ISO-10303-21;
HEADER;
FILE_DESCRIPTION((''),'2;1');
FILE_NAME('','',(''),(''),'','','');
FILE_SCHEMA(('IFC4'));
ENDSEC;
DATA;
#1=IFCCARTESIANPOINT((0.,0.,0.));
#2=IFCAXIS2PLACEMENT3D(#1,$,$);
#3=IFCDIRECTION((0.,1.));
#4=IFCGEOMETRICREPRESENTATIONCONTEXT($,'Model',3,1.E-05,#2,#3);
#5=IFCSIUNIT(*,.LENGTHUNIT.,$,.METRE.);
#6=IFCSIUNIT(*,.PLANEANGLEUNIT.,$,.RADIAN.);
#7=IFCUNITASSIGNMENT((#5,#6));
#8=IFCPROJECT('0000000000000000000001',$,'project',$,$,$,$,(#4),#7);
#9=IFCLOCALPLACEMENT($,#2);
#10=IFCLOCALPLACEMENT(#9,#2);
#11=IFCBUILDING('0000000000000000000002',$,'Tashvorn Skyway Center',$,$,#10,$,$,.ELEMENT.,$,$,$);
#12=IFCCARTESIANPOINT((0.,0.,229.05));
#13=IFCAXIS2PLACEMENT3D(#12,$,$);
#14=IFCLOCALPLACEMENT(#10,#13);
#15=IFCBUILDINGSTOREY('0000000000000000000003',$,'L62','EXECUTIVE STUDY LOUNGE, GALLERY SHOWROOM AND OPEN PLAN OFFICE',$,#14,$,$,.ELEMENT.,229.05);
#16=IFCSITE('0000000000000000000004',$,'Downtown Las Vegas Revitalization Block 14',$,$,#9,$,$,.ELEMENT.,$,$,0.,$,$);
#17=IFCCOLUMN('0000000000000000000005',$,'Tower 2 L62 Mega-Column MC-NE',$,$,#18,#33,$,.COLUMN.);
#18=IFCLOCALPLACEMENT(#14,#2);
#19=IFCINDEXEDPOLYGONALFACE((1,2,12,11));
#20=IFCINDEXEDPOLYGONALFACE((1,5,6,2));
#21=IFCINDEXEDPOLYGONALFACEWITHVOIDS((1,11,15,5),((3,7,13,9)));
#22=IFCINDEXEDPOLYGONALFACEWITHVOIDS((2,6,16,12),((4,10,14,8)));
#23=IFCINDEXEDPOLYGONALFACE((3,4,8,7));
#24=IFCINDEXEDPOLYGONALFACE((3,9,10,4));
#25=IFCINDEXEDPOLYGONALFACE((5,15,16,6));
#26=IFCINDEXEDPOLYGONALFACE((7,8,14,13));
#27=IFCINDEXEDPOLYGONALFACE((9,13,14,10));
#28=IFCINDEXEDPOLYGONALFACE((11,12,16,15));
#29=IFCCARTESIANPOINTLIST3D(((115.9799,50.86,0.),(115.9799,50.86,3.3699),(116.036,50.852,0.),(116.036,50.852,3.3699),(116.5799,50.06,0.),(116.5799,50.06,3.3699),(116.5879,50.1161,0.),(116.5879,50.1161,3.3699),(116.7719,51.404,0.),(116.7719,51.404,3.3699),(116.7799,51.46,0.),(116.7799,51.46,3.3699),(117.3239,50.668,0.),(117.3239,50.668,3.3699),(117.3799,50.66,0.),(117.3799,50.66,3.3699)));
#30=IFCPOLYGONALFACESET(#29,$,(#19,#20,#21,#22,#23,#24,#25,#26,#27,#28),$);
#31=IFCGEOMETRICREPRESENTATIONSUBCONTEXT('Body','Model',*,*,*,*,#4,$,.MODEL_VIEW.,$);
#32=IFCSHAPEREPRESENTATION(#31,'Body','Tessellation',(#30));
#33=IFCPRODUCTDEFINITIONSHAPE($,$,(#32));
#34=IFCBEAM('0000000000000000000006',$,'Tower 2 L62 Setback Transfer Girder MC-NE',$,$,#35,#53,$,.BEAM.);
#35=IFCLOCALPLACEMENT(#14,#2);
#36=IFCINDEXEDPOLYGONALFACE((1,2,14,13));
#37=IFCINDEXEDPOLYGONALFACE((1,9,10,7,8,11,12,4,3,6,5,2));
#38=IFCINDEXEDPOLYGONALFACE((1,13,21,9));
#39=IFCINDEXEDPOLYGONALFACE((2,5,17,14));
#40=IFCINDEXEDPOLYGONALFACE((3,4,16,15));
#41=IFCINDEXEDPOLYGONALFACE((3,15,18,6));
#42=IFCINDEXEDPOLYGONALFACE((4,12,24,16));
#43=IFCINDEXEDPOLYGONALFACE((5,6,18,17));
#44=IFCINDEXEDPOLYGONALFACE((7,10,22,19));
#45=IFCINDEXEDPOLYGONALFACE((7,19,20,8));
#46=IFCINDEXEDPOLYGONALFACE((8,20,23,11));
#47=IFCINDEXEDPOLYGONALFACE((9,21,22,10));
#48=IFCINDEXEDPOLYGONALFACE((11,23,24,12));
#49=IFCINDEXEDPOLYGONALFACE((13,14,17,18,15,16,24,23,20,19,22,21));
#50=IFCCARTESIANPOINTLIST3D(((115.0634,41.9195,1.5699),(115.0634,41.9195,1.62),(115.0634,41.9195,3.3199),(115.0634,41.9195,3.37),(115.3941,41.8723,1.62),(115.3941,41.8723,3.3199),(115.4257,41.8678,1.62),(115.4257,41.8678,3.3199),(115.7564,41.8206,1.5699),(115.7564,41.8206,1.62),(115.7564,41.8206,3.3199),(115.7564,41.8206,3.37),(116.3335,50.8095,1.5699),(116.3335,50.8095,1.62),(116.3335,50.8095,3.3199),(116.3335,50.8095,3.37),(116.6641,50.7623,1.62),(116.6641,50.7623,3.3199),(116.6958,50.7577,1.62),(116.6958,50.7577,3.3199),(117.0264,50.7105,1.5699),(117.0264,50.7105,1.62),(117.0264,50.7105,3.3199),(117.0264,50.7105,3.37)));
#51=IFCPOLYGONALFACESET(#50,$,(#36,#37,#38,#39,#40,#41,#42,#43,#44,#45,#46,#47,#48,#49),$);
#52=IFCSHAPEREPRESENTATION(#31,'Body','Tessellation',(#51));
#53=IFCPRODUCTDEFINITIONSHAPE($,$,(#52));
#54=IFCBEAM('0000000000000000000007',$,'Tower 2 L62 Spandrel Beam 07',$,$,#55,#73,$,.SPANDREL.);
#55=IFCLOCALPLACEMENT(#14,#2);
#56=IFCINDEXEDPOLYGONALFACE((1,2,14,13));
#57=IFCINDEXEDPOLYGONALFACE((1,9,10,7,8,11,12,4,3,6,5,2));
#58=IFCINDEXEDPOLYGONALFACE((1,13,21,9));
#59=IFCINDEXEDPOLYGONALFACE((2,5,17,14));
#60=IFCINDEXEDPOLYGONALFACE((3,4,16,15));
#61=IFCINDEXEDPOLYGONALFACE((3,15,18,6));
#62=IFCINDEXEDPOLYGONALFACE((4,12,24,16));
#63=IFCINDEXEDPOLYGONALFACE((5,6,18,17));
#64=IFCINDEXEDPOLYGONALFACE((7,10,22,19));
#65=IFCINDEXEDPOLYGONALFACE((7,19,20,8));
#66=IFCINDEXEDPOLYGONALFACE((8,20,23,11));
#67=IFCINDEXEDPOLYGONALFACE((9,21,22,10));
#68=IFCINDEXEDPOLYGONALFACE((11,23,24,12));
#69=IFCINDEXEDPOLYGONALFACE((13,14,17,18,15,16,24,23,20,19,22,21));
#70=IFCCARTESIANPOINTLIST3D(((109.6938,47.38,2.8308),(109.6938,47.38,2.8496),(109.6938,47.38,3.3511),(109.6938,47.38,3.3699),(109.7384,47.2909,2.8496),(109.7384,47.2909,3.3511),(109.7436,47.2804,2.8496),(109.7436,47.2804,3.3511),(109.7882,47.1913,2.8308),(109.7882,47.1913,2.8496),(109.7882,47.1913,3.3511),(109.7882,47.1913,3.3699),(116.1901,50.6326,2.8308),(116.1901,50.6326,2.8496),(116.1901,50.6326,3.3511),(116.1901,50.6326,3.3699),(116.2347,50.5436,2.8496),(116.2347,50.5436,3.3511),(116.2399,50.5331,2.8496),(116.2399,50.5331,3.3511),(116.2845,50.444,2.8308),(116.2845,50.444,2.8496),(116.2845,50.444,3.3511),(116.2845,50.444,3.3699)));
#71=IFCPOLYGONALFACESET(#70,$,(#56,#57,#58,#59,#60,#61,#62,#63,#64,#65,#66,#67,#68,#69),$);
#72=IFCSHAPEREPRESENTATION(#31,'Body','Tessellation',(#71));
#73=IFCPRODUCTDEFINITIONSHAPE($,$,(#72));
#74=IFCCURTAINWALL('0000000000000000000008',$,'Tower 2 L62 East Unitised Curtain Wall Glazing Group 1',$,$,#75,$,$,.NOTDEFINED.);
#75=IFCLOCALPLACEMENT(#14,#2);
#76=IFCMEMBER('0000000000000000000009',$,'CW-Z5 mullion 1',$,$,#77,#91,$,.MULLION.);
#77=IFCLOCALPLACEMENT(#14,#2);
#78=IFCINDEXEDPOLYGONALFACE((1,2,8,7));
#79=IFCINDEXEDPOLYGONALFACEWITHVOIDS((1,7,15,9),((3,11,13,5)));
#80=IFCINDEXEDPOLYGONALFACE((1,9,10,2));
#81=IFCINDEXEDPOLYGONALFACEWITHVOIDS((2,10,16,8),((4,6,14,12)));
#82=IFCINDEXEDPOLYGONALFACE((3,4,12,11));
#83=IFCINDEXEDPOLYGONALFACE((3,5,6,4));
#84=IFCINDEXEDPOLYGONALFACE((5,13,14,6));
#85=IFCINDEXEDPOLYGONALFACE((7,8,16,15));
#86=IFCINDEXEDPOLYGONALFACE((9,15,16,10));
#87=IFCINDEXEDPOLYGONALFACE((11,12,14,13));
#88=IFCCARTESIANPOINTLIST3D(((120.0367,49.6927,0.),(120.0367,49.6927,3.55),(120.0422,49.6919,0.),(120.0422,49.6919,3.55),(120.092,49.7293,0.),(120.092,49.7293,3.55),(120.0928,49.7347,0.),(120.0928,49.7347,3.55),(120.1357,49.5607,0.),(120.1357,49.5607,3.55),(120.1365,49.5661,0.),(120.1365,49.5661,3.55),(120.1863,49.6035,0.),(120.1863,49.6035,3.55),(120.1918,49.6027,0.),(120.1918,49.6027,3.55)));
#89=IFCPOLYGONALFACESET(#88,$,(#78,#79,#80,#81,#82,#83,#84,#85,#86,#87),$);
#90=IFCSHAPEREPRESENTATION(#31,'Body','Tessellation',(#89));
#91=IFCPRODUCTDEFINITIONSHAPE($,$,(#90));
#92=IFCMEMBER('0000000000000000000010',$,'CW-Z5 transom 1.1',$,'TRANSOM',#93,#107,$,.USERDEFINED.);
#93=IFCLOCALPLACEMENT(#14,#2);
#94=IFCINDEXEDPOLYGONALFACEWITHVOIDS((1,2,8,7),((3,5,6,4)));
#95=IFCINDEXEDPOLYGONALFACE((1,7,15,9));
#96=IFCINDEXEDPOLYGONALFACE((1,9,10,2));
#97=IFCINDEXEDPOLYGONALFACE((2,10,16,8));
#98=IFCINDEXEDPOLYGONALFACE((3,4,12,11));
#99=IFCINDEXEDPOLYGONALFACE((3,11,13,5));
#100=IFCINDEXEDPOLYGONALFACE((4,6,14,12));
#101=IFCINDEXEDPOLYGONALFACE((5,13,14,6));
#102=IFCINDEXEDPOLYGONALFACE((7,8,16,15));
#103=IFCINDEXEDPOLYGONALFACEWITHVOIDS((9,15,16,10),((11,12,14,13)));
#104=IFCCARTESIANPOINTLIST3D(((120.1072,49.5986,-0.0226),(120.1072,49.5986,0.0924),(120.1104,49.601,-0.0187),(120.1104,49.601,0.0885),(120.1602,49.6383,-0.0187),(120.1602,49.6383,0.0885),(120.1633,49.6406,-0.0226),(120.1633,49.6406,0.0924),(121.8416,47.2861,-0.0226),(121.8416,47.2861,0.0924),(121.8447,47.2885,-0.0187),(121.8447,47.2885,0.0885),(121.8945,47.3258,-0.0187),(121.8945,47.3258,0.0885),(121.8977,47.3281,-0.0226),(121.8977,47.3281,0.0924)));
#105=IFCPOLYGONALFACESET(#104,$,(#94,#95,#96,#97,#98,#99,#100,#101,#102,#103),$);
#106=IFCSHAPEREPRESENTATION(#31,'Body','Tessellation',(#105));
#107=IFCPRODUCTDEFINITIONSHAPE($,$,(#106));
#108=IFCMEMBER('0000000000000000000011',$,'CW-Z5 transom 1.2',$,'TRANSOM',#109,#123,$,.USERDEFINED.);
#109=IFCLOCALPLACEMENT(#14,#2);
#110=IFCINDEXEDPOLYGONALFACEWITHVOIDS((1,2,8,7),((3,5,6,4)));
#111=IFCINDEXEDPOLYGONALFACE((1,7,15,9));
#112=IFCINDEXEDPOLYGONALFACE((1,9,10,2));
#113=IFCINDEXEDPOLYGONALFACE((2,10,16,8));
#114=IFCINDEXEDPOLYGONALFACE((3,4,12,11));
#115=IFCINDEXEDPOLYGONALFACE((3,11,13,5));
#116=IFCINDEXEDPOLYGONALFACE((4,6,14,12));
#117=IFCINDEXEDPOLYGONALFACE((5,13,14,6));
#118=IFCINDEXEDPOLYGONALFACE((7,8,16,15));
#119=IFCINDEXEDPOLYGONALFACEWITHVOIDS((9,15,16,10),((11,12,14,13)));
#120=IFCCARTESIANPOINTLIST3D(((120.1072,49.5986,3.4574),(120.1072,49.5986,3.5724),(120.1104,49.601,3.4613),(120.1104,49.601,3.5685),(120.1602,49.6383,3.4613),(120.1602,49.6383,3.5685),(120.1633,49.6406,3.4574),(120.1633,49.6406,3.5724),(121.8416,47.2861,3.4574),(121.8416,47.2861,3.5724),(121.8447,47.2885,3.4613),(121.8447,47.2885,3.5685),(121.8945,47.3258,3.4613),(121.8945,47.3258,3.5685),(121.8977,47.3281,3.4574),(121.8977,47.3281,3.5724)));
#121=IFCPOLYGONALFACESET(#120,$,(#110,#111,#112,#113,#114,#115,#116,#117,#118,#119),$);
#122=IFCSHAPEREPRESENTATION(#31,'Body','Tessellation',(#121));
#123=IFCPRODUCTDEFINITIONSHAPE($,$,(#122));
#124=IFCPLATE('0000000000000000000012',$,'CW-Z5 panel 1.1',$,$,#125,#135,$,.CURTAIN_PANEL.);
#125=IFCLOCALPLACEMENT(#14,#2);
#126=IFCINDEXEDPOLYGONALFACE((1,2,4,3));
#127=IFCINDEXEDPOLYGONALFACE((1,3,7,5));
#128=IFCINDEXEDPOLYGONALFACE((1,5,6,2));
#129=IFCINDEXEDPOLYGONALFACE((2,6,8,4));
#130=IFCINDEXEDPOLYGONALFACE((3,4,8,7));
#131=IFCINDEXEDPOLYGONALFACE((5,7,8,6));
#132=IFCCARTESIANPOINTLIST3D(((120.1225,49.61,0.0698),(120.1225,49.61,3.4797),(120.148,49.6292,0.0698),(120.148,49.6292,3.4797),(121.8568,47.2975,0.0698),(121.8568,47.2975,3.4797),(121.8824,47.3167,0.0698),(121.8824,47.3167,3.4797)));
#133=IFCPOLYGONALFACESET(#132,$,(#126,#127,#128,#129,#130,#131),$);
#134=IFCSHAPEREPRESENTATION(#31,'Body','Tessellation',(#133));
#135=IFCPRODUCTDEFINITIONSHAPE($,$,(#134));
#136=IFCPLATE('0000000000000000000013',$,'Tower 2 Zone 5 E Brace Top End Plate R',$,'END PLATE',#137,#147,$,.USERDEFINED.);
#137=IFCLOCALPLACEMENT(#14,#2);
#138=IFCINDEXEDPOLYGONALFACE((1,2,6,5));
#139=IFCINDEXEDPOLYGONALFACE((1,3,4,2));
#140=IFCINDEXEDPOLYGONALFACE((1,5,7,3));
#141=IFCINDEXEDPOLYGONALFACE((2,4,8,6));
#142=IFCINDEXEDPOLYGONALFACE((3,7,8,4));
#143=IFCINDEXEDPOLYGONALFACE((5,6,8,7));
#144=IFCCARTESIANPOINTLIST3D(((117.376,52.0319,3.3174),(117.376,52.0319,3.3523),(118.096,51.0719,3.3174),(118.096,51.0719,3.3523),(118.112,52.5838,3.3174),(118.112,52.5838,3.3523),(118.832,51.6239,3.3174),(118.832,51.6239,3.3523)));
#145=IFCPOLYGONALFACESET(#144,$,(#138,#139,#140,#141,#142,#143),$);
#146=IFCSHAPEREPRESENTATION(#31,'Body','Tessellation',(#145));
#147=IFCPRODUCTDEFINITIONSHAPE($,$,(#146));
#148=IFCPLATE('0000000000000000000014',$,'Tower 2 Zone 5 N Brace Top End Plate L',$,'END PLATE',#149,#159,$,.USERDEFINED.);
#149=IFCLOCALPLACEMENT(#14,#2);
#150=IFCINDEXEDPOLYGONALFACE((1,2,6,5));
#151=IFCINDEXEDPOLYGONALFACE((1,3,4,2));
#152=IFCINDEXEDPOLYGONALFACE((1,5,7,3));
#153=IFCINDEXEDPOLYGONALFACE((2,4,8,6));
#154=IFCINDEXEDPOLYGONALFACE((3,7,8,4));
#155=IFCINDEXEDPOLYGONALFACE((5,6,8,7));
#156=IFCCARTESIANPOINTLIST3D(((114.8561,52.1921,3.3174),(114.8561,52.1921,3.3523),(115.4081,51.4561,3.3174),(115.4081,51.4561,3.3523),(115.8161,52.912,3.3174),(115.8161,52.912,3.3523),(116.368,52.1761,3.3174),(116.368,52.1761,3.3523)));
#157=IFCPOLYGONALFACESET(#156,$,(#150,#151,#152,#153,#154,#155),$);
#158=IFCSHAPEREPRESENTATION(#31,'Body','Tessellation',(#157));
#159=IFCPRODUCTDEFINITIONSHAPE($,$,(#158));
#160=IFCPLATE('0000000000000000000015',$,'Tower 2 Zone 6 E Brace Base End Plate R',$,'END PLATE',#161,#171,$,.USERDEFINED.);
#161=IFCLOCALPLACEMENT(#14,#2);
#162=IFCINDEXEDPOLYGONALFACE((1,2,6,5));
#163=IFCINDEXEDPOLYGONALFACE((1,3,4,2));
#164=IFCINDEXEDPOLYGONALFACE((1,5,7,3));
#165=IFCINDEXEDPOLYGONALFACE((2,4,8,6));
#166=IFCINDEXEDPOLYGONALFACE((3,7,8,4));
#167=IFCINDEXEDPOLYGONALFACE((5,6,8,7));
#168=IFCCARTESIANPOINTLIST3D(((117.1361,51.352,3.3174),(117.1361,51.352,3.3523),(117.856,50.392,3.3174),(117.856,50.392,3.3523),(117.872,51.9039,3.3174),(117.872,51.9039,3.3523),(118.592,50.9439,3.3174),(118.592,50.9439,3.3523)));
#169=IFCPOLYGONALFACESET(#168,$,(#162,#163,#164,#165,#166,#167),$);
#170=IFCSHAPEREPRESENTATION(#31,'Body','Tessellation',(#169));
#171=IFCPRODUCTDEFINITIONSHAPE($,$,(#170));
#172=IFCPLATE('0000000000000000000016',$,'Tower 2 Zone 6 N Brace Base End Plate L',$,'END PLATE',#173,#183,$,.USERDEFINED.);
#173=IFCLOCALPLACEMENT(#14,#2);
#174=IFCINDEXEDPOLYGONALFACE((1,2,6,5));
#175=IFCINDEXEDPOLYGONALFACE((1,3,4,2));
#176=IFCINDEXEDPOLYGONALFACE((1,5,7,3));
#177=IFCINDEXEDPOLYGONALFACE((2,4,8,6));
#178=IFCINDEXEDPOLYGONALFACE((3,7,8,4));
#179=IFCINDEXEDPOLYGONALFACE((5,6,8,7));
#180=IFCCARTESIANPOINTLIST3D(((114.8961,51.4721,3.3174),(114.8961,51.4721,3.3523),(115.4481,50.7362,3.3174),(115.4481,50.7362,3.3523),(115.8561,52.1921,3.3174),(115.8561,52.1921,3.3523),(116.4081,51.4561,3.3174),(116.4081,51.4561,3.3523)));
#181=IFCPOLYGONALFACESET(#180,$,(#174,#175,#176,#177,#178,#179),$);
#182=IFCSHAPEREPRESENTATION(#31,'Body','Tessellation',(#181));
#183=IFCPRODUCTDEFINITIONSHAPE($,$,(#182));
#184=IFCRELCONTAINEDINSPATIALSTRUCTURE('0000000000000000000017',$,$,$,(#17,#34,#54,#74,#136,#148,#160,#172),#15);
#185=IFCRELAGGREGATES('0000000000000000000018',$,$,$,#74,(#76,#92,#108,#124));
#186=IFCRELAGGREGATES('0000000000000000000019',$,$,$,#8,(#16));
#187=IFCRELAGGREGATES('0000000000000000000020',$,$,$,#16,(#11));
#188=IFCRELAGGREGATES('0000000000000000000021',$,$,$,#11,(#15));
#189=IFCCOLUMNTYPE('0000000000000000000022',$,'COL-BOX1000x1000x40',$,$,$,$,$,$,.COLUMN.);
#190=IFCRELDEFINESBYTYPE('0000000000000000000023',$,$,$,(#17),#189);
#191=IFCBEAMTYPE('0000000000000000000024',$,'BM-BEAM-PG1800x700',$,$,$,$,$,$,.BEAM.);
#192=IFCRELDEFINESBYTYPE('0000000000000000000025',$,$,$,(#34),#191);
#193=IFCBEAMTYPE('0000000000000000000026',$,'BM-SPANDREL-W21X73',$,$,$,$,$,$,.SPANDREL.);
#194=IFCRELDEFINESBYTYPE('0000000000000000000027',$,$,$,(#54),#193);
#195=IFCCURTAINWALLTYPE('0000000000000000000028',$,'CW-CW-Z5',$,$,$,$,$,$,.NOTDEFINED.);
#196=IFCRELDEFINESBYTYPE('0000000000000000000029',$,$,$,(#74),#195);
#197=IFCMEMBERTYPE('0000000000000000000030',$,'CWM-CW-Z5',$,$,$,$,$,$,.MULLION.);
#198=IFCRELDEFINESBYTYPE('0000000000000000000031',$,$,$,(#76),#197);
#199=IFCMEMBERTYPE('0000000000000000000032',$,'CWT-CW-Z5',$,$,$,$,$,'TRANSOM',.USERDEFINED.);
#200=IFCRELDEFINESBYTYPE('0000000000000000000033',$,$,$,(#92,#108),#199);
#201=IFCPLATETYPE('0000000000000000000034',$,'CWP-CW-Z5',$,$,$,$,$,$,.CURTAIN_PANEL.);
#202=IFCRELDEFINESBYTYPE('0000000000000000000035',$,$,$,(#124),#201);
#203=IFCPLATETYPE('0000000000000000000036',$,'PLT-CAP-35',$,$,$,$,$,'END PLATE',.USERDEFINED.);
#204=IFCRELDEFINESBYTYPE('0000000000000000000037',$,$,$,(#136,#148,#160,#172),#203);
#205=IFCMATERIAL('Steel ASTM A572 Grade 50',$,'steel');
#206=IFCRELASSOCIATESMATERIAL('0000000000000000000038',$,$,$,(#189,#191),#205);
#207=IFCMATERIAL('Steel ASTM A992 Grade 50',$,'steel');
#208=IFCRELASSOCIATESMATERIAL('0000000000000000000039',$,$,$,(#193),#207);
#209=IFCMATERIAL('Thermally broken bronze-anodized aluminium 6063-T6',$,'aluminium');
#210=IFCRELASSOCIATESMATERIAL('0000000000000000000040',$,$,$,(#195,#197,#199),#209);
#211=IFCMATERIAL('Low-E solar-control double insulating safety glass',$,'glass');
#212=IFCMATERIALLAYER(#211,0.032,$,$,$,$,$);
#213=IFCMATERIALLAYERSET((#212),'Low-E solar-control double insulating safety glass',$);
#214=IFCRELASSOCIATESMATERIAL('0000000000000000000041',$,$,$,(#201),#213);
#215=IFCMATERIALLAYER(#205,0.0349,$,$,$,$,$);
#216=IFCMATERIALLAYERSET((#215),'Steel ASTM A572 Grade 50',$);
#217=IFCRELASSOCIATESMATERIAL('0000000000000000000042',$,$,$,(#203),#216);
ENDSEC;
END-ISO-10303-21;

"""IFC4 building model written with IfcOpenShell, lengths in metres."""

from ifc_helpers import new_model, si_unit, direction, frame, origin, origin_2d, place, context, subcontext, project, spatial, rectangle, hollow_rectangle, i_section, extrude, material, layer, layer_set, material_profile, profile_set, type_object, element, aggregate, save


model = new_model("IFC4")

# Units and contexts
model_context = context("Model", 3, precision=1e-05, world=origin(), true_north=direction((0.0, 1.0)))
body_context = subcontext(model_context, "Body", "Model", "MODEL_VIEW")
ifc_project = project(units=[si_unit("LENGTHUNIT", "METRE"), si_unit("PLANEANGLEUNIT", "RADIAN")], contexts=[model_context])

# Site, building, storey
site_placement = place(None, origin())
site = spatial("IfcSite", under=ifc_project, at=site_placement, Name="Downtown Las Vegas Revitalization Block 14", CompositionType="ELEMENT", RefElevation=0.0)
building_placement = place(site_placement, origin())
building = spatial("IfcBuilding", under=site, at=building_placement, Name="Tashvorn Skyway Center", CompositionType="ELEMENT")
storey_placement = place(building_placement, frame((0.0, 0.0, 229.05)))
storey = spatial("IfcBuildingStorey", under=building, at=storey_placement, Name="L62", Description="EXECUTIVE STUDY LOUNGE, GALLERY SHOWROOM AND OPEN PLAN OFFICE", CompositionType="ELEMENT", Elevation=229.05)

# Column
ifc_material_1 = material(Name="Steel ASTM A572 Grade 50", Category="steel")
ifc_material_profile_1 = material_profile(ifc_material_1, hollow_rectangle(XDim=1.0, YDim=1.0, WallThickness=0.04, at=origin_2d()), Name="BOX1000x1000x40")
ifc_profile_set_1 = profile_set([ifc_material_profile_1], Name="Steel ASTM A572 Grade 50")
column_type = type_object("IfcColumnType", Name="COL-BOX1000x1000x40", PredefinedType="COLUMN", material=ifc_profile_set_1)
column_placement = place(storey_placement, frame((116.6799, 50.76, 0.0), z_axis=(0.0, 0.0, 1.0), x_axis=(0.8, 0.6, 0.0)))
element("IfcColumn", 1, at=column_placement, inside=storey, type_object=column_type, Name="Tower 2 L62 Mega-Column MC-NE", PredefinedType="COLUMN", context=body_context, shape_type="SweptSolid", body=[
    extrude(hollow_rectangle(XDim=1.0, YDim=1.0, WallThickness=0.04, at=origin_2d()), origin(), (0.0, 0.0, 1.0), 3.3699),
])

# Beams
ifc_material_profile_2 = material_profile(ifc_material_1, i_section(OverallWidth=0.7, OverallDepth=1.8, WebThickness=0.032, FlangeThickness=0.05, at=origin_2d()), Name="PG1800x700")
ifc_profile_set_2 = profile_set([ifc_material_profile_2], Name="Steel ASTM A572 Grade 50")
beam_type_1 = type_object("IfcBeamType", Name="BM-BEAM-PG1800x700", PredefinedType="BEAM", material=ifc_profile_set_2)
beam_1_placement = place(storey_placement, frame((116.6799, 50.76, 2.47), z_axis=(-0.141425, -0.989949, 0.0), x_axis=(0.989949, -0.141425, 0.0)))
element("IfcBeam", 2, at=beam_1_placement, inside=storey, type_object=beam_type_1, Name="Tower 2 L62 Setback Transfer Girder MC-NE", PredefinedType="BEAM", context=body_context, shape_type="SweptSolid", body=[
    extrude(i_section(OverallWidth=0.7, OverallDepth=1.8, WebThickness=0.032, FlangeThickness=0.05, at=origin_2d()), origin(), (0.0, 0.0, 1.0), 8.9802),
])
ifc_material_2 = material(Name="Steel ASTM A992 Grade 50", Category="steel")
ifc_material_profile_3 = material_profile(ifc_material_2, i_section(OverallWidth=0.2109, OverallDepth=0.5391, WebThickness=0.0117, FlangeThickness=0.0188, at=origin_2d()), Name="W21X73")
ifc_profile_set_3 = profile_set([ifc_material_profile_3], Name="Steel ASTM A992 Grade 50")
beam_type_2 = type_object("IfcBeamType", Name="BM-SPANDREL-W21X73", PredefinedType="SPANDREL", material=ifc_profile_set_3)
beam_2_placement = place(storey_placement, frame((116.2373, 50.5383, 3.1003), z_axis=(-0.894178, -0.447711, 0.0), x_axis=(0.447711, -0.894178, 0.0)))
element("IfcBeam", 3, at=beam_2_placement, inside=storey, type_object=beam_type_2, Name="Tower 2 L62 Spandrel Beam 07", PredefinedType="SPANDREL", context=body_context, shape_type="SweptSolid", body=[
    extrude(i_section(OverallWidth=0.2109, OverallDepth=0.5391, WebThickness=0.0117, FlangeThickness=0.0188, at=origin_2d()), origin(), (0.0, 0.0, 1.0), 7.2651),
])

# Curtain wall, members, plate
ifc_material_3 = material(Name="Thermally broken bronze-anodized aluminium 6063-T6", Category="aluminium")
curtain_wall_type = type_object("IfcCurtainWallType", Name="CW-CW-Z5", PredefinedType="NOTDEFINED", material=ifc_material_3)
curtain_wall_placement = place(storey_placement, origin())
curtain_wall = element("IfcCurtainWall", 4, at=curtain_wall_placement, inside=storey, type_object=curtain_wall_type, Name="Tower 2 L62 East Unitised Curtain Wall Glazing Group 1", PredefinedType="NOTDEFINED")
ifc_material_profile_4 = material_profile(ifc_material_3, hollow_rectangle(XDim=0.0701, YDim=0.165, WallThickness=0.0039, at=origin_2d()), Name="ALU-MULL-70x165")
ifc_profile_set_4 = profile_set([ifc_material_profile_4], Name="Thermally broken bronze-anodized aluminium 6063-T6")
member_type_1 = type_object("IfcMemberType", Name="CWM-CW-Z5", PredefinedType="MULLION", material=ifc_profile_set_4)
member_1_placement = place(storey_placement, frame((120.1143, 49.6477, 0.0), z_axis=(0.0, 0.0, 1.0), x_axis=(0.799998, 0.600003, 0.0)))
member_1 = element("IfcMember", 5, at=member_1_placement, type_object=member_type_1, Name="CW-Z5 mullion 1", PredefinedType="MULLION", context=body_context, shape_type="SweptSolid", body=[
    extrude(hollow_rectangle(XDim=0.0701, YDim=0.165, WallThickness=0.0039, at=origin_2d()), origin(), (0.0, 0.0, 1.0), 3.55),
])
ifc_material_profile_5 = material_profile(ifc_material_3, hollow_rectangle(XDim=0.0701, YDim=0.115, WallThickness=0.0039, at=origin_2d()), Name="ALU-TRAN-70x115")
ifc_profile_set_5 = profile_set([ifc_material_profile_5], Name="Thermally broken bronze-anodized aluminium 6063-T6")
member_type_2 = type_object("IfcMemberType", Name="CWT-CW-Z5", ElementType="TRANSOM", PredefinedType="USERDEFINED", material=ifc_profile_set_5)
member_2_placement = place(storey_placement, frame((120.1353, 49.6196, 0.0349), z_axis=(0.6, -0.8, 0.0), x_axis=(0.8, 0.6, 0.0)))
member_2 = element("IfcMember", 6, at=member_2_placement, type_object=member_type_2, Name="CW-Z5 transom 1.1", ObjectType="TRANSOM", PredefinedType="USERDEFINED", context=body_context, shape_type="SweptSolid", body=[
    extrude(hollow_rectangle(XDim=0.0701, YDim=0.115, WallThickness=0.0039, at=origin_2d()), origin(), (0.0, 0.0, 1.0), 2.8906),
])
member_3_placement = place(storey_placement, frame((120.1353, 49.6196, 3.5149), z_axis=(0.6, -0.8, 0.0), x_axis=(0.8, 0.6, 0.0)))
member_3 = element("IfcMember", 7, at=member_3_placement, type_object=member_type_2, Name="CW-Z5 transom 1.2", ObjectType="TRANSOM", PredefinedType="USERDEFINED", context=body_context, shape_type="SweptSolid", body=[
    extrude(hollow_rectangle(XDim=0.0701, YDim=0.115, WallThickness=0.0039, at=origin_2d()), origin(), (0.0, 0.0, 1.0), 2.8906),
])
ifc_material_4 = material(Name="Low-E solar-control double insulating safety glass", Category="glass")
ifc_layer_1 = layer(ifc_material_4, 0.032)
ifc_layer_set_1 = layer_set([ifc_layer_1], Name="Low-E solar-control double insulating safety glass")
plate_type_1 = type_object("IfcPlateType", Name="CWP-CW-Z5", PredefinedType="CURTAIN_PANEL", material=ifc_layer_set_1)
plate_1_placement = place(storey_placement, frame((121.0024, 48.4634, 0.0698), z_axis=(0.0, 0.0, 1.0), x_axis=(0.600003, -0.799998, 0.0)))
plate_1 = element("IfcPlate", 8, at=plate_1_placement, type_object=plate_type_1, Name="CW-Z5 panel 1.1", PredefinedType="CURTAIN_PANEL", context=body_context, shape_type="SweptSolid", body=[
    extrude(rectangle(XDim=2.8906, YDim=0.032, at=origin_2d()), origin(), (0.0, 0.0, 1.0), 3.4099),
])
aggregate(curtain_wall, [member_1, member_2, member_3, plate_1])

# Plates
ifc_layer_2 = layer(ifc_material_1, 0.0349)
ifc_layer_set_2 = layer_set([ifc_layer_2], Name="Steel ASTM A572 Grade 50")
plate_type_2 = type_object("IfcPlateType", Name="PLT-CAP-35", ElementType="END PLATE", PredefinedType="USERDEFINED", material=ifc_layer_set_2)
for number, where, z_axis, x_axis, name in (
    (9, (118.104, 51.8279, 3.3174), (0.0, 0.0, 1.0), (-0.6, 0.8, 0.0), "Tower 2 Zone 5 E Brace Top End Plate R"),
    (10, (115.6121, 52.1841, 3.3174), (0.0, 0.0, 1.0), (-0.8, -0.6, 0.0), "Tower 2 Zone 5 N Brace Top End Plate L"),
    (11, (117.864, 51.1479, 3.3174), (0.0, 0.0, 1.0), (-0.6, 0.8, 0.0), "Tower 2 Zone 6 E Brace Base End Plate R"),
    (12, (115.6521, 51.4641, 3.3174), (0.0, 0.0, 1.0), (-0.8, -0.6, 0.0), "Tower 2 Zone 6 N Brace Base End Plate L"),
):
    element("IfcPlate", number, at=place(storey_placement, frame(where, z_axis=z_axis, x_axis=x_axis)), inside=storey, type_object=plate_type_2, Name=name, ObjectType="END PLATE", PredefinedType="USERDEFINED", context=body_context, shape_type="SweptSolid", body=[
        extrude(rectangle(XDim=1.2, YDim=0.9199, at=origin_2d()), origin(), (0.0, 0.0, 1.0), 0.0349),
    ])

save(model, "model.ifc")
